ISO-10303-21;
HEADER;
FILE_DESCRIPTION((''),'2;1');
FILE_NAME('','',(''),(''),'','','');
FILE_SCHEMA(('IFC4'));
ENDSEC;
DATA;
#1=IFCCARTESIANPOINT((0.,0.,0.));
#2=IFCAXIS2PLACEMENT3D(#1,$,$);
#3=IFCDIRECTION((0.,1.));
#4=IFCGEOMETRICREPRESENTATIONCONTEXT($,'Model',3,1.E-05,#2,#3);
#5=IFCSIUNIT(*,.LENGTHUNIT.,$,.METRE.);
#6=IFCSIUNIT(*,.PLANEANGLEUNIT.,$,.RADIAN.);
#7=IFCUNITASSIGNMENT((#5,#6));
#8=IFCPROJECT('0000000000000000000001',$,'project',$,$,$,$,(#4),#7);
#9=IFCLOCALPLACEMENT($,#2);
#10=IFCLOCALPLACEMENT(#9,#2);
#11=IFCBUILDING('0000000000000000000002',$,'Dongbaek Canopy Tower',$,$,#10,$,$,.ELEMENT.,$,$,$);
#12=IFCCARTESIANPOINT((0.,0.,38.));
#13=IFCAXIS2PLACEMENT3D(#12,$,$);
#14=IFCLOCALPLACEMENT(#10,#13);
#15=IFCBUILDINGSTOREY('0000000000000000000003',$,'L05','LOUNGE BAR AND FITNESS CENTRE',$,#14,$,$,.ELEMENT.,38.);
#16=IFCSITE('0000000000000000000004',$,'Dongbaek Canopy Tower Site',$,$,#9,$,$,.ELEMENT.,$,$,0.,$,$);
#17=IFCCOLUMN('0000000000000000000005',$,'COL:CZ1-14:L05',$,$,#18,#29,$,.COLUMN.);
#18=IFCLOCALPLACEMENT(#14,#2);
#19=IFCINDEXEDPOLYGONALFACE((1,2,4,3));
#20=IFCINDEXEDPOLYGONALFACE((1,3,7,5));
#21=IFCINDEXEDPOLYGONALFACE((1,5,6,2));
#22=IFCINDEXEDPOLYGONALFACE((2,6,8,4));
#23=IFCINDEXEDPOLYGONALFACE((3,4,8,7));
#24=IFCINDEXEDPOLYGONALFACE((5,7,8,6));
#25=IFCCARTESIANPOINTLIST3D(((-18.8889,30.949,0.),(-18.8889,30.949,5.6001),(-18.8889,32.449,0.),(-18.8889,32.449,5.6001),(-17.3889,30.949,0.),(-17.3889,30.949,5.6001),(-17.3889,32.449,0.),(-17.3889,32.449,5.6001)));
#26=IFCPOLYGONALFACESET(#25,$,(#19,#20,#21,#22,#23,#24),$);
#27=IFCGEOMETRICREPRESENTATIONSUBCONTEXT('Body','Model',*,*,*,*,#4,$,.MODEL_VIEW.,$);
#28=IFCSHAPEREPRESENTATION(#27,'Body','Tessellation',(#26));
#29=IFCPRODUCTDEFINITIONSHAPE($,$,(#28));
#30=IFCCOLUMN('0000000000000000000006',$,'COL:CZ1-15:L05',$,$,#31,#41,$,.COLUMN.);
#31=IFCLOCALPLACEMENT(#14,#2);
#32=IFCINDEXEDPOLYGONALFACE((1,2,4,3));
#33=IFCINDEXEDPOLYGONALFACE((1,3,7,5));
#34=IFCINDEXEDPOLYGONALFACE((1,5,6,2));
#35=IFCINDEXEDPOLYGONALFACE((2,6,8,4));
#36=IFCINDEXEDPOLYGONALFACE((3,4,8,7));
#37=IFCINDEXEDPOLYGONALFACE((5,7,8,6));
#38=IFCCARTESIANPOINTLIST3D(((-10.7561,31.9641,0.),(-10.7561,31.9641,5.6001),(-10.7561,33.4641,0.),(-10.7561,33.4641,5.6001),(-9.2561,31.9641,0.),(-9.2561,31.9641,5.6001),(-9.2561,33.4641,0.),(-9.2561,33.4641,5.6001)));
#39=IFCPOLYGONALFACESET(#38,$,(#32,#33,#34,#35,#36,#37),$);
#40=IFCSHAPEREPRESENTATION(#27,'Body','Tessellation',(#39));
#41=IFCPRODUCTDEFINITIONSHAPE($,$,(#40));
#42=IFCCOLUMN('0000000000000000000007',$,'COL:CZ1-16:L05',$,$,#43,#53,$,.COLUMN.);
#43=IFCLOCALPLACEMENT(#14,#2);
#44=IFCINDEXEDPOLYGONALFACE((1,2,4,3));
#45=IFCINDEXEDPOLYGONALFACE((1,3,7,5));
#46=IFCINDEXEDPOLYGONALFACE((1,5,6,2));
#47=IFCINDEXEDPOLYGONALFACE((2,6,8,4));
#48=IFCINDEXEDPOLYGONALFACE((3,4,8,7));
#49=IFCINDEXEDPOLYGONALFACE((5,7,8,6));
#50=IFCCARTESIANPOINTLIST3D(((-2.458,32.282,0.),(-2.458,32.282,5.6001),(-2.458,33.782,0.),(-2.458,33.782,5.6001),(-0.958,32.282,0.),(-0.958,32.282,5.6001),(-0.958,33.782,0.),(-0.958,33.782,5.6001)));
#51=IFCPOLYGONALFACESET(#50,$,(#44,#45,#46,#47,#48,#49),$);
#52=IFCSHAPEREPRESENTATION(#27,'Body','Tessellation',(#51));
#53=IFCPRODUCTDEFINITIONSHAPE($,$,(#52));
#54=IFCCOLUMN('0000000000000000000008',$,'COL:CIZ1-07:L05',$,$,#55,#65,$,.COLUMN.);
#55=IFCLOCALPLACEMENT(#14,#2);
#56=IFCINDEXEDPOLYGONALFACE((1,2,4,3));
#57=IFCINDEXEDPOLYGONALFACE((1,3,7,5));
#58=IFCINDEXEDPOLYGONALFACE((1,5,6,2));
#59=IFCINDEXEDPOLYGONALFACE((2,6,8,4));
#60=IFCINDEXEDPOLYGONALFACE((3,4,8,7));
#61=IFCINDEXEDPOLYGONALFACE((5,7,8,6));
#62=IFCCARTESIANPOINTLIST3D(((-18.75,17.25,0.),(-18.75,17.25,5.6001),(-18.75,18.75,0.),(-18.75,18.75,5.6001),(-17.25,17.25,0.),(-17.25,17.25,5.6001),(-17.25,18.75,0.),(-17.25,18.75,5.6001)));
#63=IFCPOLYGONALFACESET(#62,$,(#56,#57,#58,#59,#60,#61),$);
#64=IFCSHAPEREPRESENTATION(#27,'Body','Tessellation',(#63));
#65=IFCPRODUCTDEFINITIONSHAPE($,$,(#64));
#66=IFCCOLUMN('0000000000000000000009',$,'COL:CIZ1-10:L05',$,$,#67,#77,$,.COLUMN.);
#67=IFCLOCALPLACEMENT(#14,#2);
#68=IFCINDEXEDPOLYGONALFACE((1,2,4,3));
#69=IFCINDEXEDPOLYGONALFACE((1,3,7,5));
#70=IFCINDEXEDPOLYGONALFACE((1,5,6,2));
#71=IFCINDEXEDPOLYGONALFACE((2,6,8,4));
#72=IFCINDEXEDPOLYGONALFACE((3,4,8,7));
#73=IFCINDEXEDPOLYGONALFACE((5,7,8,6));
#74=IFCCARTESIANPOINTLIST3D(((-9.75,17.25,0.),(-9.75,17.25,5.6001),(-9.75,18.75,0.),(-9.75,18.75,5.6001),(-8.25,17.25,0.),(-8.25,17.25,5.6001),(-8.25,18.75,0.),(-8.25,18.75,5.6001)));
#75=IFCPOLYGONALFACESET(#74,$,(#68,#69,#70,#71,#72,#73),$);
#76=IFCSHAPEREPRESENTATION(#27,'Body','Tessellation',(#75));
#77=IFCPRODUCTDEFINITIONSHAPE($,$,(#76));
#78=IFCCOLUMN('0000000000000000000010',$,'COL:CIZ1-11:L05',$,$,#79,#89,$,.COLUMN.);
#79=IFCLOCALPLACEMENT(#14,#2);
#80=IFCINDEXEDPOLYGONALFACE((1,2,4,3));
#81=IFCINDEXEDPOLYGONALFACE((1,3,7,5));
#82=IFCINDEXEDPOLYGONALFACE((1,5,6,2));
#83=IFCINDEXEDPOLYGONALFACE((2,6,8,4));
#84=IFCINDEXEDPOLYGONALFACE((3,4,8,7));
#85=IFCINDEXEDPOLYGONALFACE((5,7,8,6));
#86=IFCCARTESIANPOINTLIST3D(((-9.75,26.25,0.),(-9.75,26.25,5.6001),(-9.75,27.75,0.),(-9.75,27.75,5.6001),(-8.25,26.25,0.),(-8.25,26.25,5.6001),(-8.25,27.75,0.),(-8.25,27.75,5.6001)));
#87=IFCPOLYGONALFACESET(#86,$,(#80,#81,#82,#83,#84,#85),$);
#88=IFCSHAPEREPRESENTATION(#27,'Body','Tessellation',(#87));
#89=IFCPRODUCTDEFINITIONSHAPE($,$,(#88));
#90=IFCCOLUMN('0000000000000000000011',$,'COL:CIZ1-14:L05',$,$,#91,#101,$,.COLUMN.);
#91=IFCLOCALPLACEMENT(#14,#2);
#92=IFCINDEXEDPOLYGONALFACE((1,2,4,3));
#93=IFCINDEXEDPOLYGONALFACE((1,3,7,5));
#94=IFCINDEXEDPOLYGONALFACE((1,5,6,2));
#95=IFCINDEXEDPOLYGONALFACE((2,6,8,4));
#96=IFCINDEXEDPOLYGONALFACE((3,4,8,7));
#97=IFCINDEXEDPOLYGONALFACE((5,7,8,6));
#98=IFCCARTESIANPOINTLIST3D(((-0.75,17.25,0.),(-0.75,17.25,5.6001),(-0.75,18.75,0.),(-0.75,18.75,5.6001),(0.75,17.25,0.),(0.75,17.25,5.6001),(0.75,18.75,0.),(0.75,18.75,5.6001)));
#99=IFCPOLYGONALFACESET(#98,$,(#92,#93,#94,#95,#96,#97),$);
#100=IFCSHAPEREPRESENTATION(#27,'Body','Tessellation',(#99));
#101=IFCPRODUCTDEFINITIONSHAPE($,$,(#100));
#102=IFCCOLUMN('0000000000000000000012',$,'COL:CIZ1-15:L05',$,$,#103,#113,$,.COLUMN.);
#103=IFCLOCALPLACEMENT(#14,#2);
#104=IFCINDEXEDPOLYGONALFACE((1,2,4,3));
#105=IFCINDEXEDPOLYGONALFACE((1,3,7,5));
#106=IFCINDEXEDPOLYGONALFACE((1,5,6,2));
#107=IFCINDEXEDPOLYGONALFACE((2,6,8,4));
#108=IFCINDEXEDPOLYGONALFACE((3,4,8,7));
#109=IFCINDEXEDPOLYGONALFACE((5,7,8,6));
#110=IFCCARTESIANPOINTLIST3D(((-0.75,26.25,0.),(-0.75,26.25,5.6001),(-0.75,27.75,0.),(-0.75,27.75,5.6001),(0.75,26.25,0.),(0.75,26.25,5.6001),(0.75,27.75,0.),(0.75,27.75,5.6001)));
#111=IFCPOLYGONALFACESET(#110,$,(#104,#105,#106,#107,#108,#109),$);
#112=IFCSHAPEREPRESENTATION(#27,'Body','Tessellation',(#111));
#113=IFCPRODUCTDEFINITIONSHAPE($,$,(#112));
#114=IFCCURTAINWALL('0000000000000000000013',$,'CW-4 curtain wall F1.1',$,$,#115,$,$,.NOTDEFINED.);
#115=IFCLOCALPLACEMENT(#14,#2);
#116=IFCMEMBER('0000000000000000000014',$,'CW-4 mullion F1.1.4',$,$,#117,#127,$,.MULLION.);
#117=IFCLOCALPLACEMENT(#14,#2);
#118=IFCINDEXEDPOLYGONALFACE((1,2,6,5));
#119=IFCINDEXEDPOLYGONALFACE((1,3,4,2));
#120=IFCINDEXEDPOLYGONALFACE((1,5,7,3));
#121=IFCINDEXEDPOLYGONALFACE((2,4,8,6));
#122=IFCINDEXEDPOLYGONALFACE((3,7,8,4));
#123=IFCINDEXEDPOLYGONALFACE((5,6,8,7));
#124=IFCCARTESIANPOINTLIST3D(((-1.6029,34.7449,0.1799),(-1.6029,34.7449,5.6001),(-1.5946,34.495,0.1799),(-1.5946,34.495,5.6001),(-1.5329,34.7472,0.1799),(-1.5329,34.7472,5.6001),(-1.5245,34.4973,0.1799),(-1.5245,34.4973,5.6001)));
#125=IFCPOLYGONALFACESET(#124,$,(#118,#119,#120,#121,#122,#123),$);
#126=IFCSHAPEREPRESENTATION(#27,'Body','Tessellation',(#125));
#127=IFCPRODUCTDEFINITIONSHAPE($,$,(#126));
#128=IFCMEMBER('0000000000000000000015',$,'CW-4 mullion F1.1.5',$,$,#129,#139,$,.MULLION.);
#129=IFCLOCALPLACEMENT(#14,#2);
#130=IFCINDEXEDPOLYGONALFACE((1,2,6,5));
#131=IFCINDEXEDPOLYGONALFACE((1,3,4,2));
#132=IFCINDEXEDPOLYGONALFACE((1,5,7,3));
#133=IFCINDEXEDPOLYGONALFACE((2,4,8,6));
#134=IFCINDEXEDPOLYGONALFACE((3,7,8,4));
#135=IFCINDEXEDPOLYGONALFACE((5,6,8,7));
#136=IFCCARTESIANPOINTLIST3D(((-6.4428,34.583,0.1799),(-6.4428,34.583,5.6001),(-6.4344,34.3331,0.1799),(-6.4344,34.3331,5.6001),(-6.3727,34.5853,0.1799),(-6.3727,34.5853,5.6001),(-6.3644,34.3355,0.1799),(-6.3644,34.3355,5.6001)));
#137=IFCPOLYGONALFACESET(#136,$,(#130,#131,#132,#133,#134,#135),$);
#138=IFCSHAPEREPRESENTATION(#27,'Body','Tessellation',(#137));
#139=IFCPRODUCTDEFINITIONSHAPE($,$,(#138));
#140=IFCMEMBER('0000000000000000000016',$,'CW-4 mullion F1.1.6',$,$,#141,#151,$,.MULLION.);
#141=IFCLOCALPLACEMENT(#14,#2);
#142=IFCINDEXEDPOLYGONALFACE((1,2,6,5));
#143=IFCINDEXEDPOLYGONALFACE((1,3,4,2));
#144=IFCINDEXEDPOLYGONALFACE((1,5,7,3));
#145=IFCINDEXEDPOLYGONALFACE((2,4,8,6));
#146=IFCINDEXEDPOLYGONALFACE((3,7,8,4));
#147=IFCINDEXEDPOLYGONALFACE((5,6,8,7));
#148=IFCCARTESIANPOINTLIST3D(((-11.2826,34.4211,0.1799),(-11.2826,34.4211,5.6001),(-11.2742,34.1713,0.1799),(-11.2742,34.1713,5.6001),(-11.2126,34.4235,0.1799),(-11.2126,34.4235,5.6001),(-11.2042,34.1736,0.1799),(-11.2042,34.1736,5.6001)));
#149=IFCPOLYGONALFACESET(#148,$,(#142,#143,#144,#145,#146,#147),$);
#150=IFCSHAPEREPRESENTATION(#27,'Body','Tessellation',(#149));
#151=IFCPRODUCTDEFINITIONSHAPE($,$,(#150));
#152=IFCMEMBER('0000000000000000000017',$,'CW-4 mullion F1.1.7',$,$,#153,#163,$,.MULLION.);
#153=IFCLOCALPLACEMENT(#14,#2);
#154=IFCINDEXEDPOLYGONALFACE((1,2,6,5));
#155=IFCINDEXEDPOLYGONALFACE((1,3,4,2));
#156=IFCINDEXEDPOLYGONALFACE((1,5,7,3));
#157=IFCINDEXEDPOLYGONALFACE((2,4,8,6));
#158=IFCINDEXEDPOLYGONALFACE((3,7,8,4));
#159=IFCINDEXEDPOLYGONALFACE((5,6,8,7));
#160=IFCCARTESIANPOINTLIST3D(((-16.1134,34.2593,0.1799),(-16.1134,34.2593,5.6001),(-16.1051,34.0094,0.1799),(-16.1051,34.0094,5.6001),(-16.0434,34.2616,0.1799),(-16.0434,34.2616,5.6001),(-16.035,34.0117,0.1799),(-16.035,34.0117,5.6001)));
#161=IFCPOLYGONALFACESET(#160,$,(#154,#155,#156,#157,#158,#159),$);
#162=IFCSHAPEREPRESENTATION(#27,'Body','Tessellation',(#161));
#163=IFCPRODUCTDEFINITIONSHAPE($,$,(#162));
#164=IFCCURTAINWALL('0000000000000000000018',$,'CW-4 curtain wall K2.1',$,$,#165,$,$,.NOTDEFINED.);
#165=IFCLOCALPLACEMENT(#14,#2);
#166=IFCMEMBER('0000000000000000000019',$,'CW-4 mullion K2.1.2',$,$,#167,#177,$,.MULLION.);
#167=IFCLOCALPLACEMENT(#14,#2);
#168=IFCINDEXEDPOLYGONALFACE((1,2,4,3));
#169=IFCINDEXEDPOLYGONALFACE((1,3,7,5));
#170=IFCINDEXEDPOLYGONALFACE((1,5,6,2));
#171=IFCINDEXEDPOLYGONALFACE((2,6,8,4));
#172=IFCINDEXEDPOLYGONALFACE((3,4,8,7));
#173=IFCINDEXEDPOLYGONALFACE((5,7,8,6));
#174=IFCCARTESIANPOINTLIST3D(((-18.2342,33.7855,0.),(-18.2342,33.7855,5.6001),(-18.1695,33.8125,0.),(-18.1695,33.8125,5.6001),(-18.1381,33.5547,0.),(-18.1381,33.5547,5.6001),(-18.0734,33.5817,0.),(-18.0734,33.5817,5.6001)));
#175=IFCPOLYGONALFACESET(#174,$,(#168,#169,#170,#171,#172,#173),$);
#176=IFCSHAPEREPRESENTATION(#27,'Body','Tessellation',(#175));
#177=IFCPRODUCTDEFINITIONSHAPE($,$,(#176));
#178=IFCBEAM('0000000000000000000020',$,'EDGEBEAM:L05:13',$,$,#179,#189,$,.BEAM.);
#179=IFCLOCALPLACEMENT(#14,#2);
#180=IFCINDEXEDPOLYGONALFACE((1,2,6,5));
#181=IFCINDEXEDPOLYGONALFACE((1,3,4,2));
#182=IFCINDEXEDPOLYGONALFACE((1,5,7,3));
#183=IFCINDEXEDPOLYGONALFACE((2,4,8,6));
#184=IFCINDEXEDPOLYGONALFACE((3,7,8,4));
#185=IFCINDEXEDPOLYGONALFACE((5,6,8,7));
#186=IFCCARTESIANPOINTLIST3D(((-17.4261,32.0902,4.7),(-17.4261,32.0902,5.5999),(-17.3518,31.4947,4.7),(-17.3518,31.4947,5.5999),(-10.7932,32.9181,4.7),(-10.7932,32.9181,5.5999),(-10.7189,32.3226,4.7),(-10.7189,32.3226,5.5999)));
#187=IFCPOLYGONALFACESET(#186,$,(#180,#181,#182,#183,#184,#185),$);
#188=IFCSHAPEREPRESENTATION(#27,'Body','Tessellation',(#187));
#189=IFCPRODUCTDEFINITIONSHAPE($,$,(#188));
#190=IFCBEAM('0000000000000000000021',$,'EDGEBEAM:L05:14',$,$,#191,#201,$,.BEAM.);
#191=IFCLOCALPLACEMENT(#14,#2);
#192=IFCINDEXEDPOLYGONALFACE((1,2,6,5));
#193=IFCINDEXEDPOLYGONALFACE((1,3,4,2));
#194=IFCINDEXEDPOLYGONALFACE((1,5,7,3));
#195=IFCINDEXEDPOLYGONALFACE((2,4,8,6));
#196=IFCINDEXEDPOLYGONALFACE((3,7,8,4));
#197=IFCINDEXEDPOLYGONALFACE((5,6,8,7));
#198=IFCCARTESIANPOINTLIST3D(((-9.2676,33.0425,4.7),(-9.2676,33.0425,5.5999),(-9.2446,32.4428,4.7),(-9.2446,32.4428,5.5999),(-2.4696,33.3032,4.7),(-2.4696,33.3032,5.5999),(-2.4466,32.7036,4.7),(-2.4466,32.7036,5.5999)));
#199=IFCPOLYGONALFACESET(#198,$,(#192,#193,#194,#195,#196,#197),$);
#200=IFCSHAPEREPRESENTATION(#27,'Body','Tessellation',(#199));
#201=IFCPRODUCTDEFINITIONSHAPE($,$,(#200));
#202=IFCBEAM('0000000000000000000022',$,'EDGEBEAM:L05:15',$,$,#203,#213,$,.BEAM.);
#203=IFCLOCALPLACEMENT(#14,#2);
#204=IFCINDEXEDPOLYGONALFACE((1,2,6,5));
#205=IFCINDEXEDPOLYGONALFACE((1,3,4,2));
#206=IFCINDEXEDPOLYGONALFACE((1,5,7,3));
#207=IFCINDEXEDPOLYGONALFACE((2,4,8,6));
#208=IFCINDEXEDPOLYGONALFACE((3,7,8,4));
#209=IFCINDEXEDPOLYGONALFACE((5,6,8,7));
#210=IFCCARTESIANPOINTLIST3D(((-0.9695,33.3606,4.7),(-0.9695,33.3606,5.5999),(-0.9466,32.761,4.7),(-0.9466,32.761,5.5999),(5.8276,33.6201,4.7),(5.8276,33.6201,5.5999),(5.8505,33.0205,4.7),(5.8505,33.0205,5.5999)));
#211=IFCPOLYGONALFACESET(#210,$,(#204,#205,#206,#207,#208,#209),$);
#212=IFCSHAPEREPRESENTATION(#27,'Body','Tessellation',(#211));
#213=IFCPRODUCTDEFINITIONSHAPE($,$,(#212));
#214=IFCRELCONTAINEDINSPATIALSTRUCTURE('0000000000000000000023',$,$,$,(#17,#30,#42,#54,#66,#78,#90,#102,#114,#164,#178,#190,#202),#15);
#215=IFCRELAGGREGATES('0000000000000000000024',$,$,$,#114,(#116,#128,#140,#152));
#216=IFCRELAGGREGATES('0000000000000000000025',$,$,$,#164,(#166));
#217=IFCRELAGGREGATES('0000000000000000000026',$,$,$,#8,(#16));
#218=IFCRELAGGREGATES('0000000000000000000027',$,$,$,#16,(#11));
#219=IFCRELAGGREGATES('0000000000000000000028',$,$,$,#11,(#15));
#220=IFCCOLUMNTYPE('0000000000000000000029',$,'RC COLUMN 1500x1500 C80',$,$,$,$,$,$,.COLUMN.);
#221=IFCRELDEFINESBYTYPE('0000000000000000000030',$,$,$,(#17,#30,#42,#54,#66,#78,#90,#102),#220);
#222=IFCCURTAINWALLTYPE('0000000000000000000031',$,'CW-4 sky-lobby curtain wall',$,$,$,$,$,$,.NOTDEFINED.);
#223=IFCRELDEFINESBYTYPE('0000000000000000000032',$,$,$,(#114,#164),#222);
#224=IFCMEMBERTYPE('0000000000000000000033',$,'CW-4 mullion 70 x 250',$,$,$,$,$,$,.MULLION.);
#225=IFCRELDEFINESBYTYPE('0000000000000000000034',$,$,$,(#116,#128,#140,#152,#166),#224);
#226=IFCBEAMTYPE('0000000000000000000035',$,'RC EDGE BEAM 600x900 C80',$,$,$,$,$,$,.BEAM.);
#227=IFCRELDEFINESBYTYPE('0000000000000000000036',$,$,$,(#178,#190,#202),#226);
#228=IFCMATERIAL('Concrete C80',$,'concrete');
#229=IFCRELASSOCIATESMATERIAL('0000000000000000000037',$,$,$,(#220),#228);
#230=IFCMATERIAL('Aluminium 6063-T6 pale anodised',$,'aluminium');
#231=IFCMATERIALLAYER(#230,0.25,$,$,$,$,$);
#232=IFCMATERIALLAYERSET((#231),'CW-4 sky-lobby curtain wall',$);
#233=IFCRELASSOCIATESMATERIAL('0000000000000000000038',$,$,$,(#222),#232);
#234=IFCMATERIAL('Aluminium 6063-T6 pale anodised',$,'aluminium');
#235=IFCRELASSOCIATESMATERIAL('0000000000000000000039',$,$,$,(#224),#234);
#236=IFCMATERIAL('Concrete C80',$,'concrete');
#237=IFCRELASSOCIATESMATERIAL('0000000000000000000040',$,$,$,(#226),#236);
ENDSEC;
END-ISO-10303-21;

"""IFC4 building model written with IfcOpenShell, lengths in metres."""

from ifc_helpers import new_model, si_unit, direction, frame, origin, origin_2d, place, context, subcontext, project, spatial, rectangle, extrude, material, layer, layer_set, material_profile, profile_set, type_object, element, aggregate, save


model = new_model("IFC4")

# Units and contexts
model_context = context("Model", 3, precision=1e-05, world=origin(), true_north=direction((0.0, 1.0)))
body_context = subcontext(model_context, "Body", "Model", "MODEL_VIEW")
ifc_project = project(units=[si_unit("LENGTHUNIT", "METRE"), si_unit("PLANEANGLEUNIT", "RADIAN")], contexts=[model_context])

# Site, building, storey
site_placement = place(None, origin())
site = spatial("IfcSite", under=ifc_project, at=site_placement, Name="Dongbaek Canopy Tower Site", CompositionType="ELEMENT", RefElevation=0.0)
building_placement = place(site_placement, origin())
building = spatial("IfcBuilding", under=site, at=building_placement, Name="Dongbaek Canopy Tower", CompositionType="ELEMENT")
storey_placement = place(building_placement, frame((0.0, 0.0, 38.0)))
storey = spatial("IfcBuildingStorey", under=building, at=storey_placement, Name="L05", Description="LOUNGE BAR AND FITNESS CENTRE", CompositionType="ELEMENT", Elevation=38.0)

# Columns
ifc_material_1 = material(Name="Concrete C80", Category="concrete")
ifc_material_profile_1 = material_profile(ifc_material_1, rectangle(XDim=1.5, YDim=1.5, at=origin_2d()), Name="RC COLUMN 1500x1500 C80")
ifc_profile_set_1 = profile_set([ifc_material_profile_1], Name="Concrete C80")
column_type = type_object("IfcColumnType", Name="RC COLUMN 1500x1500 C80", PredefinedType="COLUMN", material=ifc_profile_set_1)
for number, where, z_axis, x_axis, name in (
    (1, (-18.1389, 31.699, 0.0), (0.0, 0.0, 1.0), (1.0, 0.0, 0.0), "COL:CZ1-14:L05"),
    (2, (-10.0061, 32.7141, 0.0), (0.0, 0.0, 1.0), (1.0, 0.0, 0.0), "COL:CZ1-15:L05"),
    (3, (-1.708, 33.032, 0.0), (0.0, 0.0, 1.0), (1.0, 0.0, 0.0), "COL:CZ1-16:L05"),
    (4, (-18.0, 18.0, 0.0), (0.0, 0.0, 1.0), (1.0, 0.0, 0.0), "COL:CIZ1-07:L05"),
    (5, (-9.0, 18.0, 0.0), (0.0, 0.0, 1.0), (1.0, 0.0, 0.0), "COL:CIZ1-10:L05"),
    (6, (-9.0, 27.0, 0.0), (0.0, 0.0, 1.0), (1.0, 0.0, 0.0), "COL:CIZ1-11:L05"),
    (7, (0.0, 18.0, 0.0), (0.0, 0.0, 1.0), (1.0, 0.0, 0.0), "COL:CIZ1-14:L05"),
    (8, (0.0, 27.0, 0.0), (0.0, 0.0, 1.0), (1.0, 0.0, 0.0), "COL:CIZ1-15:L05"),
):
    element("IfcColumn", number, at=place(storey_placement, frame(where, z_axis=z_axis, x_axis=x_axis)), inside=storey, type_object=column_type, Name=name, PredefinedType="COLUMN", context=body_context, shape_type="SweptSolid", body=[
        extrude(rectangle(XDim=1.5, YDim=1.5, at=origin_2d()), origin(), (0.0, 0.0, 1.0), 5.6001),
    ])

# Curtain wall, members
ifc_material_2 = material(Name="Aluminium 6063-T6 pale anodised", Category="aluminium")
ifc_layer_1 = layer(ifc_material_2, 0.25)
ifc_layer_set_1 = layer_set([ifc_layer_1], Name="CW-4 sky-lobby curtain wall")
curtain_wall_type = type_object("IfcCurtainWallType", Name="CW-4 sky-lobby curtain wall", PredefinedType="NOTDEFINED", material=ifc_layer_set_1)
curtain_wall_1_placement = place(storey_placement, origin())
curtain_wall_1 = element("IfcCurtainWall", 9, at=curtain_wall_1_placement, inside=storey, type_object=curtain_wall_type, Name="CW-4 curtain wall F1.1", PredefinedType="NOTDEFINED")
ifc_material_3 = material(Name="Aluminium 6063-T6 pale anodised", Category="aluminium")
ifc_material_profile_2 = material_profile(ifc_material_3, rectangle(XDim=0.25, YDim=0.0701, at=origin_2d()), Name="CW-4 mullion 70 x 250")
ifc_profile_set_2 = profile_set([ifc_material_profile_2], Name="Aluminium 6063-T6 pale anodised")
member_type = type_object("IfcMemberType", Name="CW-4 mullion 70 x 250", PredefinedType="MULLION", material=ifc_profile_set_2)
member_1_placement = place(storey_placement, frame((-1.5637, 34.6211, 0.1799), z_axis=(0.0, 0.0, 1.0), x_axis=(-0.033442, 0.999441, 0.0)))
member_1 = element("IfcMember", 10, at=member_1_placement, type_object=member_type, Name="CW-4 mullion F1.1.4", PredefinedType="MULLION", context=body_context, shape_type="SweptSolid", body=[
    extrude(rectangle(XDim=0.25, YDim=0.0701, at=origin_2d()), origin(), (0.0, 0.0, 1.0), 5.4202),
])
member_2_placement = place(storey_placement, frame((-6.4036, 34.4592, 0.1799), z_axis=(0.0, 0.0, 1.0), x_axis=(-0.033442, 0.999441, 0.0)))
member_2 = element("IfcMember", 11, at=member_2_placement, type_object=member_type, Name="CW-4 mullion F1.1.5", PredefinedType="MULLION", context=body_context, shape_type="SweptSolid", body=[
    extrude(rectangle(XDim=0.25, YDim=0.0701, at=origin_2d()), origin(), (0.0, 0.0, 1.0), 5.4202),
])
member_3_placement = place(storey_placement, frame((-11.2434, 34.2974, 0.1799), z_axis=(0.0, 0.0, 1.0), x_axis=(-0.033442, 0.999441, 0.0)))
member_3 = element("IfcMember", 12, at=member_3_placement, type_object=member_type, Name="CW-4 mullion F1.1.6", PredefinedType="MULLION", context=body_context, shape_type="SweptSolid", body=[
    extrude(rectangle(XDim=0.25, YDim=0.0701, at=origin_2d()), origin(), (0.0, 0.0, 1.0), 5.4202),
])
member_4_placement = place(storey_placement, frame((-16.0742, 34.1355, 0.1799), z_axis=(0.0, 0.0, 1.0), x_axis=(-0.033442, 0.999441, 0.0)))
member_4 = element("IfcMember", 13, at=member_4_placement, type_object=member_type, Name="CW-4 mullion F1.1.7", PredefinedType="MULLION", context=body_context, shape_type="SweptSolid", body=[
    extrude(rectangle(XDim=0.25, YDim=0.0701, at=origin_2d()), origin(), (0.0, 0.0, 1.0), 5.4202),
])

# Curtain wall, member
curtain_wall_2_placement = place(storey_placement, origin())
curtain_wall_2 = element("IfcCurtainWall", 14, at=curtain_wall_2_placement, inside=storey, type_object=curtain_wall_type, Name="CW-4 curtain wall K2.1", PredefinedType="NOTDEFINED")
member_5_placement = place(storey_placement, frame((-18.1538, 33.6836, 0.0), z_axis=(0.0, 0.0, 1.0), x_axis=(-0.384487, 0.923131, 0.0)))
member_5 = element("IfcMember", 15, at=member_5_placement, type_object=member_type, Name="CW-4 mullion K2.1.2", PredefinedType="MULLION", context=body_context, shape_type="SweptSolid", body=[
    extrude(rectangle(XDim=0.25, YDim=0.0701, at=origin_2d()), origin(), (0.0, 0.0, 1.0), 5.6001),
])

# Beams
ifc_material_4 = material(Name="Concrete C80", Category="concrete")
ifc_material_profile_3 = material_profile(ifc_material_4, rectangle(XDim=0.6001, YDim=0.8999, at=origin_2d()), Name="RC EDGE BEAM 600x900 C80")
ifc_profile_set_3 = profile_set([ifc_material_profile_3], Name="Concrete C80")
beam_type = type_object("IfcBeamType", Name="RC EDGE BEAM 600x900 C80", PredefinedType="BEAM", material=ifc_profile_set_3)
beam_1_placement = place(storey_placement, frame((-17.3889, 31.7925, 5.1499), z_axis=(0.9923, 0.123855, 0.0), x_axis=(-0.123855, 0.9923, 0.0)))
element("IfcBeam", 16, at=beam_1_placement, inside=storey, type_object=beam_type, Name="EDGEBEAM:L05:13", PredefinedType="BEAM", context=body_context, shape_type="SweptSolid", body=[
    extrude(rectangle(XDim=0.6001, YDim=0.8999, at=origin_2d()), origin(), (0.0, 0.0, 1.0), 6.6843),
])
beam_2_placement = place(storey_placement, frame((-9.2561, 32.7427, 5.1499), z_axis=(0.999265, 0.038327, 0.0), x_axis=(-0.038327, 0.999265, 0.0)))
element("IfcBeam", 17, at=beam_2_placement, inside=storey, type_object=beam_type, Name="EDGEBEAM:L05:14", PredefinedType="BEAM", context=body_context, shape_type="SweptSolid", body=[
    extrude(rectangle(XDim=0.6001, YDim=0.8999, at=origin_2d()), origin(), (0.0, 0.0, 1.0), 6.803),
])
beam_3_placement = place(storey_placement, frame((-0.958, 33.0608, 5.1499), z_axis=(0.999272, 0.038153, 0.0), x_axis=(-0.038153, 0.999272, 0.0)))
element("IfcBeam", 18, at=beam_3_placement, inside=storey, type_object=beam_type, Name="EDGEBEAM:L05:15", PredefinedType="BEAM", context=body_context, shape_type="SweptSolid", body=[
    extrude(rectangle(XDim=0.6001, YDim=0.8999, at=origin_2d()), origin(), (0.0, 0.0, 1.0), 6.802),
])

aggregate(curtain_wall_1, [member_1, member_2, member_3, member_4])
aggregate(curtain_wall_2, [member_5])

save(model, "model.ifc")
